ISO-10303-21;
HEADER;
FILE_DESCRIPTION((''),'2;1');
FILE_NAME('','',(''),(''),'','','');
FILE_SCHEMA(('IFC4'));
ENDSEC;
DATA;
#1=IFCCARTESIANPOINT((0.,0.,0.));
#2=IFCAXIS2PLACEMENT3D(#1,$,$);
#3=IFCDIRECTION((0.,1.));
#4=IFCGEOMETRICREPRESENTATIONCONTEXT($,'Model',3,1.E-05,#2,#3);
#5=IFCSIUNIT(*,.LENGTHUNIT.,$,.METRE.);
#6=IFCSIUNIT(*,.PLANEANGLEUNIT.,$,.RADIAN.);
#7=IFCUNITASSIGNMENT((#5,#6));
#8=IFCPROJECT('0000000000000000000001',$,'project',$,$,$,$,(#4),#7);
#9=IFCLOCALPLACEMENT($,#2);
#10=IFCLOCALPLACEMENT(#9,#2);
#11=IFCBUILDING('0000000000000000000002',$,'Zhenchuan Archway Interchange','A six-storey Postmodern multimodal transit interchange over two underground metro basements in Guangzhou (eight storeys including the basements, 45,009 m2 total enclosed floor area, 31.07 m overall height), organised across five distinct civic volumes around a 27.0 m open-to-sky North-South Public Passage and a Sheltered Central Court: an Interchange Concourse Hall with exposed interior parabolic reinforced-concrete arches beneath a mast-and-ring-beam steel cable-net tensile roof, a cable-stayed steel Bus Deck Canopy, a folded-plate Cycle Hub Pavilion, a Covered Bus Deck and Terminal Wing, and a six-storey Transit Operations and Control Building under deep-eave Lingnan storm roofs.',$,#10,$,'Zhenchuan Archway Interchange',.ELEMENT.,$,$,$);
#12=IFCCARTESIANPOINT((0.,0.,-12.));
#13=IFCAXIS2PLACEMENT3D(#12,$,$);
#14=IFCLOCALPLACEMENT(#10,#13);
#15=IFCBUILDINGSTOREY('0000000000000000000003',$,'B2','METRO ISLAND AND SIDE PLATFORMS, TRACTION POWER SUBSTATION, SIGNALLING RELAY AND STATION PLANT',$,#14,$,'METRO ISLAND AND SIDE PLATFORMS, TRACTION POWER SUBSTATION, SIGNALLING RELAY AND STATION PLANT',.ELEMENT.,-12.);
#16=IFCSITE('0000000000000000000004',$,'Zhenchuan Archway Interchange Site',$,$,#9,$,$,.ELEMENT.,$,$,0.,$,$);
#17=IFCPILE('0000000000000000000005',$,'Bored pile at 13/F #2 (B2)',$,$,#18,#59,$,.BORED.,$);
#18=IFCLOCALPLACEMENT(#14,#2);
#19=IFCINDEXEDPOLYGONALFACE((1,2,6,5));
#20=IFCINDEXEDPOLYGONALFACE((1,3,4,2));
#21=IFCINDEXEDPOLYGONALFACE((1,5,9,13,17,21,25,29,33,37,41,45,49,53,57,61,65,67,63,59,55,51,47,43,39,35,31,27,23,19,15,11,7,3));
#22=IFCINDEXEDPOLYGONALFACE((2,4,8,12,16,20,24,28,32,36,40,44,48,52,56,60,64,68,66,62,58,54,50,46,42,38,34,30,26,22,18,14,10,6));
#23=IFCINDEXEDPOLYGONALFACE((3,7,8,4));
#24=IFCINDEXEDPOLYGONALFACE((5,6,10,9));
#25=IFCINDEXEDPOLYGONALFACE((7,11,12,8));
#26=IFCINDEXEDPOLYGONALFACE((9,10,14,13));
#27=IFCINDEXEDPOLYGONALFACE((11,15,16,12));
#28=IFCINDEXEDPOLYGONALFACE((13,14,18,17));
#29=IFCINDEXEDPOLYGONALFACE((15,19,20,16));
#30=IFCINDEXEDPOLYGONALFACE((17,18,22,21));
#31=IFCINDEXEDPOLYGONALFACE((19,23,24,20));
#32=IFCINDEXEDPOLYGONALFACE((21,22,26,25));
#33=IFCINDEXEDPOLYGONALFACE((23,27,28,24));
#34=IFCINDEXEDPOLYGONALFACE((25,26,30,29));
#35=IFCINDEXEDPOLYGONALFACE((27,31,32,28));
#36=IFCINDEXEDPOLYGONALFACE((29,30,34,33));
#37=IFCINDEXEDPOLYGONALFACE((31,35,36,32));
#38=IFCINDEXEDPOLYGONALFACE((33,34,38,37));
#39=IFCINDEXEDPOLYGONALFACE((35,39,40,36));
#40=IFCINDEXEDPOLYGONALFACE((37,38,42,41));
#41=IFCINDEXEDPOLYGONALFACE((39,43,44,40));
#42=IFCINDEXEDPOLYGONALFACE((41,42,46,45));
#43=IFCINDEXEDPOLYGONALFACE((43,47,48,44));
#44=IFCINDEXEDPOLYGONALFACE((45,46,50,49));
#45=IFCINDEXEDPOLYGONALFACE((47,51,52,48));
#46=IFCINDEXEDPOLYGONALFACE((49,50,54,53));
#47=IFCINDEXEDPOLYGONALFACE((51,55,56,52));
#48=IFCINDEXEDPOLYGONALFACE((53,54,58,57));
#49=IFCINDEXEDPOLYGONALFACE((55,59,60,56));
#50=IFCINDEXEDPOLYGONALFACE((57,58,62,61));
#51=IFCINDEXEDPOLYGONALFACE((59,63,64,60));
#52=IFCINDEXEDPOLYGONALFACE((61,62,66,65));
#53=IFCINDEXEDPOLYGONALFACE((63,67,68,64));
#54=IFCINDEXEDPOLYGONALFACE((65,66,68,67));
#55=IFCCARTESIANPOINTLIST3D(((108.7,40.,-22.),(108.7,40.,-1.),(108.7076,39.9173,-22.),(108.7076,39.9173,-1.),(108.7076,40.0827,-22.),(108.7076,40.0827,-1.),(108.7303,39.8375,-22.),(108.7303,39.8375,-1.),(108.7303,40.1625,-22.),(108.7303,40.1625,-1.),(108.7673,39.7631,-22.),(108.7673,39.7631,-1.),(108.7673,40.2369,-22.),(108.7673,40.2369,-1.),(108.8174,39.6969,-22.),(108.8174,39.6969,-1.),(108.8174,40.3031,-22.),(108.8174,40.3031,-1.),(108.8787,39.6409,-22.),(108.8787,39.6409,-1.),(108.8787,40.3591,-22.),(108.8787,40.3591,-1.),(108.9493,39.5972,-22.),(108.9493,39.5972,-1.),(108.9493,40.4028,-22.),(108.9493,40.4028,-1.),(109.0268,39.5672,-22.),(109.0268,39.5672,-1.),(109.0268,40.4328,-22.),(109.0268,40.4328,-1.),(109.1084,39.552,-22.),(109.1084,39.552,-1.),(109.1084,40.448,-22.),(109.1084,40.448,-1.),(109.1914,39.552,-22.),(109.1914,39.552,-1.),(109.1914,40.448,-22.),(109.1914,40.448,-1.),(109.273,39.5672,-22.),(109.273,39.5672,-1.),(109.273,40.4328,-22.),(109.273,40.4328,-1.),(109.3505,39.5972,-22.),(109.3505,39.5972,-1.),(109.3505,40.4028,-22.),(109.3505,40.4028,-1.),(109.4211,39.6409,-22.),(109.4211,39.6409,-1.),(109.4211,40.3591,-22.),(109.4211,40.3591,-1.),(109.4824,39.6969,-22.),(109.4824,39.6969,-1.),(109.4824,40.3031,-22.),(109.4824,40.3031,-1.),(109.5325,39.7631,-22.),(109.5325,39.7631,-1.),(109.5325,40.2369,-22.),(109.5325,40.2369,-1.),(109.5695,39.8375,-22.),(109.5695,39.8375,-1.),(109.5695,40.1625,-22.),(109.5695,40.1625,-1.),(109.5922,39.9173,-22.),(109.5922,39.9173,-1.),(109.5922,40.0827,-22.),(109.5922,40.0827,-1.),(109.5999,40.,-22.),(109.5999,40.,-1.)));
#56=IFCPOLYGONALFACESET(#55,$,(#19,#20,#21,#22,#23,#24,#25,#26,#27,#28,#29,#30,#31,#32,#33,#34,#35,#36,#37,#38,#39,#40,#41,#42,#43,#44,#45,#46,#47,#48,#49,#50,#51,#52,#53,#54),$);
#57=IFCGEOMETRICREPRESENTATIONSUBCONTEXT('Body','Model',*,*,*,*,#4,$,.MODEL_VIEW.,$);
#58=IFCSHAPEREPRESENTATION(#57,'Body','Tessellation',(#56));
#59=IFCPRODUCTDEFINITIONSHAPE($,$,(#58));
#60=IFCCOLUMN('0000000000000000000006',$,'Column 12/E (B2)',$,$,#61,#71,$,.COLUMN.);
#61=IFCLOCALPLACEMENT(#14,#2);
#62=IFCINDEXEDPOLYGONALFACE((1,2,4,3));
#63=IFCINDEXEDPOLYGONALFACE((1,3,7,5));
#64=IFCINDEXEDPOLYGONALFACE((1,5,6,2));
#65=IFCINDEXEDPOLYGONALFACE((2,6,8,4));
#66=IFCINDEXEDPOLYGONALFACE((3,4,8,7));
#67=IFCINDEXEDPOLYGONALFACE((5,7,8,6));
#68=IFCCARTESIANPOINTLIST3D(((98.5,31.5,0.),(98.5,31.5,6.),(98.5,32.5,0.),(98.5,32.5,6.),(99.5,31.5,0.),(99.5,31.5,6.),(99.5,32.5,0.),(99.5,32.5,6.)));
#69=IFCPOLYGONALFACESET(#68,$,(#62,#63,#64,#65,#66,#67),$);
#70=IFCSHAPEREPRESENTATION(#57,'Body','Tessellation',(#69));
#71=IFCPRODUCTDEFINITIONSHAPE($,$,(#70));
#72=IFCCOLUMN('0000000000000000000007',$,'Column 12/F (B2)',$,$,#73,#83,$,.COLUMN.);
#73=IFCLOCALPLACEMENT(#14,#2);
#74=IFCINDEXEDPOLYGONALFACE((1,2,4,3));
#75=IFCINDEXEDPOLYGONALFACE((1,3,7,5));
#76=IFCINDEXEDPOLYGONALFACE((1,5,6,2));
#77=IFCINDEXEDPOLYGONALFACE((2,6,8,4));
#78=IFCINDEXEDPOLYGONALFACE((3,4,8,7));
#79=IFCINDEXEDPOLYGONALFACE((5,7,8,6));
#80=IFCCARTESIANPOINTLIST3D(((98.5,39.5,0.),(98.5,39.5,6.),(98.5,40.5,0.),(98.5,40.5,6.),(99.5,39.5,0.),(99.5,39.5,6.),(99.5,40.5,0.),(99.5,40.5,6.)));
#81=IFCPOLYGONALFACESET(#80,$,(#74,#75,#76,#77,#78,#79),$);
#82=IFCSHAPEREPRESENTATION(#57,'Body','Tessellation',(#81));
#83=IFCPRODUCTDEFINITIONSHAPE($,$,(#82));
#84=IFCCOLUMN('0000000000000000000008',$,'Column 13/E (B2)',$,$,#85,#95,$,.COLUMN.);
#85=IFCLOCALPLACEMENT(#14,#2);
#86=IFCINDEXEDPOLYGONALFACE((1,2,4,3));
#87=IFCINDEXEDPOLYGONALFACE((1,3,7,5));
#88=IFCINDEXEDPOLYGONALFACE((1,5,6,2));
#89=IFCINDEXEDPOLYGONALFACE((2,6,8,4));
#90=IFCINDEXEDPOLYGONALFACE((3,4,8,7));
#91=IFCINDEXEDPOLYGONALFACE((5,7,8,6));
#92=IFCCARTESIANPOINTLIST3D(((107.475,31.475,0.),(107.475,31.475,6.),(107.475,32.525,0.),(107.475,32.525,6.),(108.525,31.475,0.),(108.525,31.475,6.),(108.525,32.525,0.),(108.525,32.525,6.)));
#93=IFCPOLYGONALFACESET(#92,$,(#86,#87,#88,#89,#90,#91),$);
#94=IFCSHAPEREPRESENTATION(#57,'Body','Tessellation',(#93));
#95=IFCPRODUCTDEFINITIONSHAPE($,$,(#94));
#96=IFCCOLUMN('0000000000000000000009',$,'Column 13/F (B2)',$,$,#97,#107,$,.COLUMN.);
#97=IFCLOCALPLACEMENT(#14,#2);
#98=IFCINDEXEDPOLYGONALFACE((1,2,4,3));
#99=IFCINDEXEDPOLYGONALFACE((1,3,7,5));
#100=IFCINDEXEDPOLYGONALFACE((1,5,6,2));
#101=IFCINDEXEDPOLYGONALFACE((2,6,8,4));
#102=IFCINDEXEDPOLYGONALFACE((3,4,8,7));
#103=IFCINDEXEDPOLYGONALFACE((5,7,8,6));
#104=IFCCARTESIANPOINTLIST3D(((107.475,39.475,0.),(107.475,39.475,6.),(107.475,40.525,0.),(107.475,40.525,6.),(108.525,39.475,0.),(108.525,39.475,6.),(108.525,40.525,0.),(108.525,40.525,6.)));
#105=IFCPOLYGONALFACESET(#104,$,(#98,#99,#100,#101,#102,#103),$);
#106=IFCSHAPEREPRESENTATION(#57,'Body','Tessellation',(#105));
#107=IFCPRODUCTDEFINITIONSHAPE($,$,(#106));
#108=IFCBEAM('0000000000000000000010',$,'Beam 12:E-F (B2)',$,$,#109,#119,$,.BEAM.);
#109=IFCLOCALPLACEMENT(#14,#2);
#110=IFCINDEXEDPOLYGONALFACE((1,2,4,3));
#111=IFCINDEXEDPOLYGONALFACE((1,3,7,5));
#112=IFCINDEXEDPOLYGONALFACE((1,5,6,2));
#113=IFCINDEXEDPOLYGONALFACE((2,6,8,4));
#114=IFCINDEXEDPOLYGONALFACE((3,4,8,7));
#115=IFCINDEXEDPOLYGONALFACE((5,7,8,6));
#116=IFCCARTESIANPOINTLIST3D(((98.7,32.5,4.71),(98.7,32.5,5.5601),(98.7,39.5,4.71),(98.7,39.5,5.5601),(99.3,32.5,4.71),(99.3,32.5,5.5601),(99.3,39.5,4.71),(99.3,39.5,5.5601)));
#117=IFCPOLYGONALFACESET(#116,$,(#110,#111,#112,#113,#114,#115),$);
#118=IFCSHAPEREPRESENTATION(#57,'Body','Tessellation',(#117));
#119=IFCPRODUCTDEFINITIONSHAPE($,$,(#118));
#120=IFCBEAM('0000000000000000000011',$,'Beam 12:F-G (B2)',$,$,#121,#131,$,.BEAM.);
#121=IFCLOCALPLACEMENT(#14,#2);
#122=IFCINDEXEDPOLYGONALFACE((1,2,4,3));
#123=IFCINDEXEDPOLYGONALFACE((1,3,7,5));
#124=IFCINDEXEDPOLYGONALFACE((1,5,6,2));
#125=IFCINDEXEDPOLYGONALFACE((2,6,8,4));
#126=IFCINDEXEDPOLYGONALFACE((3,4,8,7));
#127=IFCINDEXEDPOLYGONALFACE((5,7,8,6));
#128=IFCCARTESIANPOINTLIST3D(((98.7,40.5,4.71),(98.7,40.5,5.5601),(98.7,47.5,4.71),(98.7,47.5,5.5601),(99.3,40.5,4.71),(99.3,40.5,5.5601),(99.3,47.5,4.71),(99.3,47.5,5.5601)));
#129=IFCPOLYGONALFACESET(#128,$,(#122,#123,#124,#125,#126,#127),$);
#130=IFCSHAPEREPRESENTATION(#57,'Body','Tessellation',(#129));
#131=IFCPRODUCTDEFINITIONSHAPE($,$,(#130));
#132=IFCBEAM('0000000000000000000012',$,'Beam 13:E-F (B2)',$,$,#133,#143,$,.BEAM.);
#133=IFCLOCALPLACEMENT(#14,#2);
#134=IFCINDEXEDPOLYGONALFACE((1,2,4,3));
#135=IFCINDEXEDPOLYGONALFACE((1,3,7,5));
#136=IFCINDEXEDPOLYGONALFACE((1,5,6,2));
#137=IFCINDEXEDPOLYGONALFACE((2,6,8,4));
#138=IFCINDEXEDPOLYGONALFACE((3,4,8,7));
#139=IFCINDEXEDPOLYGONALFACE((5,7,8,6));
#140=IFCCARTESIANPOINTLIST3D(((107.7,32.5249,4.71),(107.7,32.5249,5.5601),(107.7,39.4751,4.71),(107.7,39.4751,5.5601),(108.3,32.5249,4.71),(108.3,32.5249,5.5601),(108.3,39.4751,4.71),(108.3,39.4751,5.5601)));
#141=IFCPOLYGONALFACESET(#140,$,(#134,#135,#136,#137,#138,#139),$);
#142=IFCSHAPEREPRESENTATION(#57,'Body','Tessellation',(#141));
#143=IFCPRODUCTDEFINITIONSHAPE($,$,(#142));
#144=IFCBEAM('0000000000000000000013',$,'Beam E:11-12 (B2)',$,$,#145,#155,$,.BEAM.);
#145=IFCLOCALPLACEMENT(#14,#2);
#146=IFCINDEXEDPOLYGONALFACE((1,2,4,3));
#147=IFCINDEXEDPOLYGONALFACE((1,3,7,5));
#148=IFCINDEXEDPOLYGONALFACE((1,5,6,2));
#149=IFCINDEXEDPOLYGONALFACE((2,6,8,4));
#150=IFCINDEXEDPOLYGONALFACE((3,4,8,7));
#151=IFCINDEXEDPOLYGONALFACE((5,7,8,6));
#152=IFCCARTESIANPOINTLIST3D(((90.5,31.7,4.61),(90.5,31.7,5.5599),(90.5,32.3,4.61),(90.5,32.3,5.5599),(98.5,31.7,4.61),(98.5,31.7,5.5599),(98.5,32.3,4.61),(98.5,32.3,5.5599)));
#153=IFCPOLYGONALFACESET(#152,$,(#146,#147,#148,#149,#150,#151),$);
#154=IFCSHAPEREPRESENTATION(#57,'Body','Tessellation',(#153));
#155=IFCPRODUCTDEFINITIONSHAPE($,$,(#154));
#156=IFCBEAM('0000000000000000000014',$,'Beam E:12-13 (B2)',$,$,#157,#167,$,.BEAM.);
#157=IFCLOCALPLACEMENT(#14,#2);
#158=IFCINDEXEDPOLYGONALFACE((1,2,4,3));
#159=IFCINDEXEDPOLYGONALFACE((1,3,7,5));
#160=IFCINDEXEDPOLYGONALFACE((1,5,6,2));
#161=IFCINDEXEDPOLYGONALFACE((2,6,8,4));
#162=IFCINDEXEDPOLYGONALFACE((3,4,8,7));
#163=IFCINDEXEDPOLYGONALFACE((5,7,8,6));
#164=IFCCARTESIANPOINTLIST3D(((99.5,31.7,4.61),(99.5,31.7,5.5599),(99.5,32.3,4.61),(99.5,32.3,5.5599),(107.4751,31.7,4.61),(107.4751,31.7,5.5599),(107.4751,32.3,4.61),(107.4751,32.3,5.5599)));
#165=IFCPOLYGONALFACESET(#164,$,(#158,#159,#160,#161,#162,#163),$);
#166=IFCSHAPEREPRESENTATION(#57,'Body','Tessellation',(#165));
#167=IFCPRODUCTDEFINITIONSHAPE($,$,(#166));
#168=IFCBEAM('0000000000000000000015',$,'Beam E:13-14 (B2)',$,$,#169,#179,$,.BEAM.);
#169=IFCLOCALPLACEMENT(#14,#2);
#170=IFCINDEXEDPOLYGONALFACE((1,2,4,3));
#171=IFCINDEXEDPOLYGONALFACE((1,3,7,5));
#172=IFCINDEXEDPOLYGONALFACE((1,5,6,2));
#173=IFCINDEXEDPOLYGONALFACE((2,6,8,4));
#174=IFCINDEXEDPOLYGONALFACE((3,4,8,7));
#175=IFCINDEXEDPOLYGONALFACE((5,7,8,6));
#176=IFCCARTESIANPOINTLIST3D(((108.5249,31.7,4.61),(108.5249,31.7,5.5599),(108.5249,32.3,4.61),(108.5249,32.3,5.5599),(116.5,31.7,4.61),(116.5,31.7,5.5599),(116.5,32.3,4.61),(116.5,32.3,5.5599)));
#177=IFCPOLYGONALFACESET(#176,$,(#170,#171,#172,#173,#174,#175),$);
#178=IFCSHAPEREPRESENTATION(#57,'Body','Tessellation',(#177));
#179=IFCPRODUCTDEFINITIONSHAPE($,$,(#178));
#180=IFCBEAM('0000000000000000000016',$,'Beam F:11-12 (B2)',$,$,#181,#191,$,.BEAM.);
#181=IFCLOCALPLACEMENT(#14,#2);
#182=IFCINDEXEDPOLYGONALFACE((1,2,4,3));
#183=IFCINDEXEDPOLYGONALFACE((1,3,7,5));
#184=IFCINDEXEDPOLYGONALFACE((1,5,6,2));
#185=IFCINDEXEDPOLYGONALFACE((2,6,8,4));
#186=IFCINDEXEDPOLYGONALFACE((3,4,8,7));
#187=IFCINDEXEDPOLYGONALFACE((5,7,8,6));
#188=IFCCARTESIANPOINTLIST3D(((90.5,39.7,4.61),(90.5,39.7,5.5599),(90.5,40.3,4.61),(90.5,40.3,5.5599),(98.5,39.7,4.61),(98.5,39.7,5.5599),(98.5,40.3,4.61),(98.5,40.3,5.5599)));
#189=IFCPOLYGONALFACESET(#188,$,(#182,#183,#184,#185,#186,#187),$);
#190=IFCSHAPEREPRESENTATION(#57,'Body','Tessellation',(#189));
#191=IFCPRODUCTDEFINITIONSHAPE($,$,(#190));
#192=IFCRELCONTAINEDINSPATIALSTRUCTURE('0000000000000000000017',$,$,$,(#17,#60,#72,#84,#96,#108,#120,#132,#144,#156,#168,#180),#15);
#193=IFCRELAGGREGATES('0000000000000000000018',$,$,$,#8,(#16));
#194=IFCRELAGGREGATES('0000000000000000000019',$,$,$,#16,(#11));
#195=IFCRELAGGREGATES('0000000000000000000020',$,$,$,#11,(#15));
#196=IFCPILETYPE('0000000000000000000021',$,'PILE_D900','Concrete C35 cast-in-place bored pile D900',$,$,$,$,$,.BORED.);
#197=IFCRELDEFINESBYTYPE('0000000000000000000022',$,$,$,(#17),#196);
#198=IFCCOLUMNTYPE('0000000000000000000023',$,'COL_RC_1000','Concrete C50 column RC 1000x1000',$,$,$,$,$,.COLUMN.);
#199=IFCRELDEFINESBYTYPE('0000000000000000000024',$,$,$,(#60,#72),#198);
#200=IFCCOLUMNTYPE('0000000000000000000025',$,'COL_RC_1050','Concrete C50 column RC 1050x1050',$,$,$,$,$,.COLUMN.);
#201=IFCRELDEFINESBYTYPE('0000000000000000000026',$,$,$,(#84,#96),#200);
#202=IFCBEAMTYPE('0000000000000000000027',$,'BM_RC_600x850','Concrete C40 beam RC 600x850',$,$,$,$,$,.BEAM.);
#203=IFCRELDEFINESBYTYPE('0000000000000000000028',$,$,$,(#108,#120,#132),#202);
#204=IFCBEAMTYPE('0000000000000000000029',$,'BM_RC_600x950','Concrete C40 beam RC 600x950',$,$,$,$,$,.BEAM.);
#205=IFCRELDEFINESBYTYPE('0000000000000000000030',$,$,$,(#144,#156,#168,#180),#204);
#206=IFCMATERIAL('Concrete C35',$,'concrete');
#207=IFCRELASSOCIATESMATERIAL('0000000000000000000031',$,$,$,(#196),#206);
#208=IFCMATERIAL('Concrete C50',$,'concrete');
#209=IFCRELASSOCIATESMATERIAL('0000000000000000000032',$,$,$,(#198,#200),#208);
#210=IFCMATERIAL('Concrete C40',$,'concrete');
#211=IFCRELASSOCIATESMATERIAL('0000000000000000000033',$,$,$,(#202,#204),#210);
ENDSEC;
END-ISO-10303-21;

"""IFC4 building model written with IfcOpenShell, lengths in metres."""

from ifc_helpers import new_model, si_unit, direction, frame, origin, origin_2d, place, context, subcontext, project, spatial, rectangle, circle, extrude, material, material_profile, profile_set, type_object, element, save


model = new_model("IFC4")

# Units and contexts
model_context = context("Model", 3, precision=1e-05, world=origin(), true_north=direction((0.0, 1.0)))
body_context = subcontext(model_context, "Body", "Model", "MODEL_VIEW")
ifc_project = project(units=[si_unit("LENGTHUNIT", "METRE"), si_unit("PLANEANGLEUNIT", "RADIAN")], contexts=[model_context])

# Site, building, storey
site_placement = place(None, origin())
site = spatial("IfcSite", under=ifc_project, at=site_placement, Name="Zhenchuan Archway Interchange Site", CompositionType="ELEMENT", RefElevation=0.0)
building_placement = place(site_placement, origin())
building = spatial("IfcBuilding", under=site, at=building_placement, Name="Zhenchuan Archway Interchange", Description="A six-storey Postmodern multimodal transit interchange over two underground metro basements in Guangzhou (eight storeys including the basements, 45,009 m2 total enclosed floor area, 31.07 m overall height), organised across five distinct civic volumes around a 27.0 m open-to-sky North-South Public Passage and a Sheltered Central Court: an Interchange Concourse Hall with exposed interior parabolic reinforced-concrete arches beneath a mast-and-ring-beam steel cable-net tensile roof, a cable-stayed steel Bus Deck Canopy, a folded-plate Cycle Hub Pavilion, a Covered Bus Deck and Terminal Wing, and a six-storey Transit Operations and Control Building under deep-eave Lingnan storm roofs.", LongName="Zhenchuan Archway Interchange", CompositionType="ELEMENT")
storey_placement = place(building_placement, frame((0.0, 0.0, -12.0)))
storey = spatial("IfcBuildingStorey", under=building, at=storey_placement, Name="B2", Description="METRO ISLAND AND SIDE PLATFORMS, TRACTION POWER SUBSTATION, SIGNALLING RELAY AND STATION PLANT", LongName="METRO ISLAND AND SIDE PLATFORMS, TRACTION POWER SUBSTATION, SIGNALLING RELAY AND STATION PLANT", CompositionType="ELEMENT", Elevation=-12.0)

# Shared definitions
ifc_material_1 = material(Name="Concrete C40", Category="concrete")

# Pile
ifc_material_2 = material(Name="Concrete C35", Category="concrete")
ifc_material_profile_1 = material_profile(ifc_material_2, circle(Radius=0.45, at=origin_2d()), Name="BORED PILE 900")
ifc_profile_set_1 = profile_set([ifc_material_profile_1], Name="Concrete C35")
pile_type_1 = type_object("IfcPileType", Name="PILE_D900", Description="Concrete C35 cast-in-place bored pile D900", PredefinedType="BORED", material=ifc_profile_set_1)
for number, where, z_axis, x_axis, name in (
    (1, (109.1499, 40.0, -1.0), (0.0, 0.0, -1.0), (1.0, 0.0, 0.0), "Bored pile at 13/F #2 (B2)"),
):
    element("IfcPile", number, at=place(storey_placement, frame(where, z_axis=z_axis, x_axis=x_axis)), inside=storey, type_object=pile_type_1, Name=name, PredefinedType="BORED", context=body_context, shape_type="SweptSolid", body=[
        extrude(circle(Radius=0.45, at=origin_2d()), origin(), (0.0, 0.0, 1.0), 21.0),
    ])

# Columns
ifc_material_3 = material(Name="Concrete C50", Category="concrete")
ifc_material_profile_2 = material_profile(ifc_material_3, rectangle(XDim=1.0, YDim=1.0, at=origin_2d()), Name="RC 1000x1000")
ifc_profile_set_2 = profile_set([ifc_material_profile_2], Name="Concrete C50")
column_type_1 = type_object("IfcColumnType", Name="COL_RC_1000", Description="Concrete C50 column RC 1000x1000", PredefinedType="COLUMN", material=ifc_profile_set_2)
for number, where, z_axis, x_axis, name in (
    (2, (99.0, 32.0, 0.0), (0.0, 0.0, 1.0), (1.0, 0.0, 0.0), "Column 12/E (B2)"),
    (3, (99.0, 40.0, 0.0), (0.0, 0.0, 1.0), (1.0, 0.0, 0.0), "Column 12/F (B2)"),
):
    element("IfcColumn", number, at=place(storey_placement, frame(where, z_axis=z_axis, x_axis=x_axis)), inside=storey, type_object=column_type_1, Name=name, PredefinedType="COLUMN", context=body_context, shape_type="SweptSolid", body=[
        extrude(rectangle(XDim=1.0, YDim=1.0, at=origin_2d()), origin(), (0.0, 0.0, 1.0), 6.0),
    ])
ifc_material_profile_3 = material_profile(ifc_material_3, rectangle(XDim=1.05, YDim=1.05, at=origin_2d()), Name="RC 1050x1050")
ifc_profile_set_3 = profile_set([ifc_material_profile_3], Name="Concrete C50")
column_type_2 = type_object("IfcColumnType", Name="COL_RC_1050", Description="Concrete C50 column RC 1050x1050", PredefinedType="COLUMN", material=ifc_profile_set_3)
for number, where, z_axis, x_axis, name in (
    (4, (108.0, 32.0, 0.0), (0.0, 0.0, 1.0), (1.0, 0.0, 0.0), "Column 13/E (B2)"),
    (5, (108.0, 40.0, 0.0), (0.0, 0.0, 1.0), (1.0, 0.0, 0.0), "Column 13/F (B2)"),
):
    element("IfcColumn", number, at=place(storey_placement, frame(where, z_axis=z_axis, x_axis=x_axis)), inside=storey, type_object=column_type_2, Name=name, PredefinedType="COLUMN", context=body_context, shape_type="SweptSolid", body=[
        extrude(rectangle(XDim=1.05, YDim=1.05, at=origin_2d()), origin(), (0.0, 0.0, 1.0), 6.0),
    ])

# Beams
ifc_material_profile_4 = material_profile(ifc_material_1, rectangle(XDim=0.6001, YDim=0.8501, at=origin_2d()), Name="RC 600x850")
ifc_profile_set_4 = profile_set([ifc_material_profile_4], Name="Concrete C40")
beam_type_1 = type_object("IfcBeamType", Name="BM_RC_600x850", Description="Concrete C40 beam RC 600x850", PredefinedType="BEAM", material=ifc_profile_set_4)
for number, where, z_axis, x_axis, name in (
    (6, (99.0, 32.5, 5.135), (0.0, 1.0, 0.0), (-1.0, 0.0, 0.0), "Beam 12:E-F (B2)"),
    (7, (99.0, 40.5, 5.135), (0.0, 1.0, 0.0), (-1.0, 0.0, 0.0), "Beam 12:F-G (B2)"),
):
    element("IfcBeam", number, at=place(storey_placement, frame(where, z_axis=z_axis, x_axis=x_axis)), inside=storey, type_object=beam_type_1, Name=name, PredefinedType="BEAM", context=body_context, shape_type="SweptSolid", body=[
        extrude(rectangle(XDim=0.6001, YDim=0.8501, at=origin_2d()), origin(), (0.0, 0.0, 1.0), 7.0),
    ])
beam_1_placement = place(storey_placement, frame((108.0, 32.5249, 5.135), z_axis=(0.0, 1.0, 0.0), x_axis=(-1.0, 0.0, 0.0)))
element("IfcBeam", 8, at=beam_1_placement, inside=storey, type_object=beam_type_1, Name="Beam 13:E-F (B2)", PredefinedType="BEAM", context=body_context, shape_type="SweptSolid", body=[
    extrude(rectangle(XDim=0.6001, YDim=0.8501, at=origin_2d()), origin(), (0.0, 0.0, 1.0), 6.9502),
])
ifc_material_profile_5 = material_profile(ifc_material_1, rectangle(XDim=0.6001, YDim=0.95, at=origin_2d()), Name="RC 600x950")
ifc_profile_set_5 = profile_set([ifc_material_profile_5], Name="Concrete C40")
beam_type_2 = type_object("IfcBeamType", Name="BM_RC_600x950", Description="Concrete C40 beam RC 600x950", PredefinedType="BEAM", material=ifc_profile_set_5)
beam_2_placement = place(storey_placement, frame((90.5, 32.0, 5.085), z_axis=(1.0, 0.0, 0.0), x_axis=(0.0, 1.0, 0.0)))
element("IfcBeam", 9, at=beam_2_placement, inside=storey, type_object=beam_type_2, Name="Beam E:11-12 (B2)", PredefinedType="BEAM", context=body_context, shape_type="SweptSolid", body=[
    extrude(rectangle(XDim=0.6001, YDim=0.95, at=origin_2d()), origin(), (0.0, 0.0, 1.0), 8.0),
])
for number, where, z_axis, x_axis, name in (
    (10, (99.5, 32.0, 5.085), (1.0, 0.0, 0.0), (0.0, 1.0, 0.0), "Beam E:12-13 (B2)"),
    (11, (108.5249, 32.0, 5.085), (1.0, 0.0, 0.0), (0.0, 1.0, 0.0), "Beam E:13-14 (B2)"),
):
    element("IfcBeam", number, at=place(storey_placement, frame(where, z_axis=z_axis, x_axis=x_axis)), inside=storey, type_object=beam_type_2, Name=name, PredefinedType="BEAM", context=body_context, shape_type="SweptSolid", body=[
        extrude(rectangle(XDim=0.6001, YDim=0.95, at=origin_2d()), origin(), (0.0, 0.0, 1.0), 7.9751),
    ])
beam_3_placement = place(storey_placement, frame((90.5, 40.0, 5.085), z_axis=(1.0, 0.0, 0.0), x_axis=(0.0, 1.0, 0.0)))
element("IfcBeam", 12, at=beam_3_placement, inside=storey, type_object=beam_type_2, Name="Beam F:11-12 (B2)", PredefinedType="BEAM", context=body_context, shape_type="SweptSolid", body=[
    extrude(rectangle(XDim=0.6001, YDim=0.95, at=origin_2d()), origin(), (0.0, 0.0, 1.0), 8.0),
])

save(model, "model.ifc")
